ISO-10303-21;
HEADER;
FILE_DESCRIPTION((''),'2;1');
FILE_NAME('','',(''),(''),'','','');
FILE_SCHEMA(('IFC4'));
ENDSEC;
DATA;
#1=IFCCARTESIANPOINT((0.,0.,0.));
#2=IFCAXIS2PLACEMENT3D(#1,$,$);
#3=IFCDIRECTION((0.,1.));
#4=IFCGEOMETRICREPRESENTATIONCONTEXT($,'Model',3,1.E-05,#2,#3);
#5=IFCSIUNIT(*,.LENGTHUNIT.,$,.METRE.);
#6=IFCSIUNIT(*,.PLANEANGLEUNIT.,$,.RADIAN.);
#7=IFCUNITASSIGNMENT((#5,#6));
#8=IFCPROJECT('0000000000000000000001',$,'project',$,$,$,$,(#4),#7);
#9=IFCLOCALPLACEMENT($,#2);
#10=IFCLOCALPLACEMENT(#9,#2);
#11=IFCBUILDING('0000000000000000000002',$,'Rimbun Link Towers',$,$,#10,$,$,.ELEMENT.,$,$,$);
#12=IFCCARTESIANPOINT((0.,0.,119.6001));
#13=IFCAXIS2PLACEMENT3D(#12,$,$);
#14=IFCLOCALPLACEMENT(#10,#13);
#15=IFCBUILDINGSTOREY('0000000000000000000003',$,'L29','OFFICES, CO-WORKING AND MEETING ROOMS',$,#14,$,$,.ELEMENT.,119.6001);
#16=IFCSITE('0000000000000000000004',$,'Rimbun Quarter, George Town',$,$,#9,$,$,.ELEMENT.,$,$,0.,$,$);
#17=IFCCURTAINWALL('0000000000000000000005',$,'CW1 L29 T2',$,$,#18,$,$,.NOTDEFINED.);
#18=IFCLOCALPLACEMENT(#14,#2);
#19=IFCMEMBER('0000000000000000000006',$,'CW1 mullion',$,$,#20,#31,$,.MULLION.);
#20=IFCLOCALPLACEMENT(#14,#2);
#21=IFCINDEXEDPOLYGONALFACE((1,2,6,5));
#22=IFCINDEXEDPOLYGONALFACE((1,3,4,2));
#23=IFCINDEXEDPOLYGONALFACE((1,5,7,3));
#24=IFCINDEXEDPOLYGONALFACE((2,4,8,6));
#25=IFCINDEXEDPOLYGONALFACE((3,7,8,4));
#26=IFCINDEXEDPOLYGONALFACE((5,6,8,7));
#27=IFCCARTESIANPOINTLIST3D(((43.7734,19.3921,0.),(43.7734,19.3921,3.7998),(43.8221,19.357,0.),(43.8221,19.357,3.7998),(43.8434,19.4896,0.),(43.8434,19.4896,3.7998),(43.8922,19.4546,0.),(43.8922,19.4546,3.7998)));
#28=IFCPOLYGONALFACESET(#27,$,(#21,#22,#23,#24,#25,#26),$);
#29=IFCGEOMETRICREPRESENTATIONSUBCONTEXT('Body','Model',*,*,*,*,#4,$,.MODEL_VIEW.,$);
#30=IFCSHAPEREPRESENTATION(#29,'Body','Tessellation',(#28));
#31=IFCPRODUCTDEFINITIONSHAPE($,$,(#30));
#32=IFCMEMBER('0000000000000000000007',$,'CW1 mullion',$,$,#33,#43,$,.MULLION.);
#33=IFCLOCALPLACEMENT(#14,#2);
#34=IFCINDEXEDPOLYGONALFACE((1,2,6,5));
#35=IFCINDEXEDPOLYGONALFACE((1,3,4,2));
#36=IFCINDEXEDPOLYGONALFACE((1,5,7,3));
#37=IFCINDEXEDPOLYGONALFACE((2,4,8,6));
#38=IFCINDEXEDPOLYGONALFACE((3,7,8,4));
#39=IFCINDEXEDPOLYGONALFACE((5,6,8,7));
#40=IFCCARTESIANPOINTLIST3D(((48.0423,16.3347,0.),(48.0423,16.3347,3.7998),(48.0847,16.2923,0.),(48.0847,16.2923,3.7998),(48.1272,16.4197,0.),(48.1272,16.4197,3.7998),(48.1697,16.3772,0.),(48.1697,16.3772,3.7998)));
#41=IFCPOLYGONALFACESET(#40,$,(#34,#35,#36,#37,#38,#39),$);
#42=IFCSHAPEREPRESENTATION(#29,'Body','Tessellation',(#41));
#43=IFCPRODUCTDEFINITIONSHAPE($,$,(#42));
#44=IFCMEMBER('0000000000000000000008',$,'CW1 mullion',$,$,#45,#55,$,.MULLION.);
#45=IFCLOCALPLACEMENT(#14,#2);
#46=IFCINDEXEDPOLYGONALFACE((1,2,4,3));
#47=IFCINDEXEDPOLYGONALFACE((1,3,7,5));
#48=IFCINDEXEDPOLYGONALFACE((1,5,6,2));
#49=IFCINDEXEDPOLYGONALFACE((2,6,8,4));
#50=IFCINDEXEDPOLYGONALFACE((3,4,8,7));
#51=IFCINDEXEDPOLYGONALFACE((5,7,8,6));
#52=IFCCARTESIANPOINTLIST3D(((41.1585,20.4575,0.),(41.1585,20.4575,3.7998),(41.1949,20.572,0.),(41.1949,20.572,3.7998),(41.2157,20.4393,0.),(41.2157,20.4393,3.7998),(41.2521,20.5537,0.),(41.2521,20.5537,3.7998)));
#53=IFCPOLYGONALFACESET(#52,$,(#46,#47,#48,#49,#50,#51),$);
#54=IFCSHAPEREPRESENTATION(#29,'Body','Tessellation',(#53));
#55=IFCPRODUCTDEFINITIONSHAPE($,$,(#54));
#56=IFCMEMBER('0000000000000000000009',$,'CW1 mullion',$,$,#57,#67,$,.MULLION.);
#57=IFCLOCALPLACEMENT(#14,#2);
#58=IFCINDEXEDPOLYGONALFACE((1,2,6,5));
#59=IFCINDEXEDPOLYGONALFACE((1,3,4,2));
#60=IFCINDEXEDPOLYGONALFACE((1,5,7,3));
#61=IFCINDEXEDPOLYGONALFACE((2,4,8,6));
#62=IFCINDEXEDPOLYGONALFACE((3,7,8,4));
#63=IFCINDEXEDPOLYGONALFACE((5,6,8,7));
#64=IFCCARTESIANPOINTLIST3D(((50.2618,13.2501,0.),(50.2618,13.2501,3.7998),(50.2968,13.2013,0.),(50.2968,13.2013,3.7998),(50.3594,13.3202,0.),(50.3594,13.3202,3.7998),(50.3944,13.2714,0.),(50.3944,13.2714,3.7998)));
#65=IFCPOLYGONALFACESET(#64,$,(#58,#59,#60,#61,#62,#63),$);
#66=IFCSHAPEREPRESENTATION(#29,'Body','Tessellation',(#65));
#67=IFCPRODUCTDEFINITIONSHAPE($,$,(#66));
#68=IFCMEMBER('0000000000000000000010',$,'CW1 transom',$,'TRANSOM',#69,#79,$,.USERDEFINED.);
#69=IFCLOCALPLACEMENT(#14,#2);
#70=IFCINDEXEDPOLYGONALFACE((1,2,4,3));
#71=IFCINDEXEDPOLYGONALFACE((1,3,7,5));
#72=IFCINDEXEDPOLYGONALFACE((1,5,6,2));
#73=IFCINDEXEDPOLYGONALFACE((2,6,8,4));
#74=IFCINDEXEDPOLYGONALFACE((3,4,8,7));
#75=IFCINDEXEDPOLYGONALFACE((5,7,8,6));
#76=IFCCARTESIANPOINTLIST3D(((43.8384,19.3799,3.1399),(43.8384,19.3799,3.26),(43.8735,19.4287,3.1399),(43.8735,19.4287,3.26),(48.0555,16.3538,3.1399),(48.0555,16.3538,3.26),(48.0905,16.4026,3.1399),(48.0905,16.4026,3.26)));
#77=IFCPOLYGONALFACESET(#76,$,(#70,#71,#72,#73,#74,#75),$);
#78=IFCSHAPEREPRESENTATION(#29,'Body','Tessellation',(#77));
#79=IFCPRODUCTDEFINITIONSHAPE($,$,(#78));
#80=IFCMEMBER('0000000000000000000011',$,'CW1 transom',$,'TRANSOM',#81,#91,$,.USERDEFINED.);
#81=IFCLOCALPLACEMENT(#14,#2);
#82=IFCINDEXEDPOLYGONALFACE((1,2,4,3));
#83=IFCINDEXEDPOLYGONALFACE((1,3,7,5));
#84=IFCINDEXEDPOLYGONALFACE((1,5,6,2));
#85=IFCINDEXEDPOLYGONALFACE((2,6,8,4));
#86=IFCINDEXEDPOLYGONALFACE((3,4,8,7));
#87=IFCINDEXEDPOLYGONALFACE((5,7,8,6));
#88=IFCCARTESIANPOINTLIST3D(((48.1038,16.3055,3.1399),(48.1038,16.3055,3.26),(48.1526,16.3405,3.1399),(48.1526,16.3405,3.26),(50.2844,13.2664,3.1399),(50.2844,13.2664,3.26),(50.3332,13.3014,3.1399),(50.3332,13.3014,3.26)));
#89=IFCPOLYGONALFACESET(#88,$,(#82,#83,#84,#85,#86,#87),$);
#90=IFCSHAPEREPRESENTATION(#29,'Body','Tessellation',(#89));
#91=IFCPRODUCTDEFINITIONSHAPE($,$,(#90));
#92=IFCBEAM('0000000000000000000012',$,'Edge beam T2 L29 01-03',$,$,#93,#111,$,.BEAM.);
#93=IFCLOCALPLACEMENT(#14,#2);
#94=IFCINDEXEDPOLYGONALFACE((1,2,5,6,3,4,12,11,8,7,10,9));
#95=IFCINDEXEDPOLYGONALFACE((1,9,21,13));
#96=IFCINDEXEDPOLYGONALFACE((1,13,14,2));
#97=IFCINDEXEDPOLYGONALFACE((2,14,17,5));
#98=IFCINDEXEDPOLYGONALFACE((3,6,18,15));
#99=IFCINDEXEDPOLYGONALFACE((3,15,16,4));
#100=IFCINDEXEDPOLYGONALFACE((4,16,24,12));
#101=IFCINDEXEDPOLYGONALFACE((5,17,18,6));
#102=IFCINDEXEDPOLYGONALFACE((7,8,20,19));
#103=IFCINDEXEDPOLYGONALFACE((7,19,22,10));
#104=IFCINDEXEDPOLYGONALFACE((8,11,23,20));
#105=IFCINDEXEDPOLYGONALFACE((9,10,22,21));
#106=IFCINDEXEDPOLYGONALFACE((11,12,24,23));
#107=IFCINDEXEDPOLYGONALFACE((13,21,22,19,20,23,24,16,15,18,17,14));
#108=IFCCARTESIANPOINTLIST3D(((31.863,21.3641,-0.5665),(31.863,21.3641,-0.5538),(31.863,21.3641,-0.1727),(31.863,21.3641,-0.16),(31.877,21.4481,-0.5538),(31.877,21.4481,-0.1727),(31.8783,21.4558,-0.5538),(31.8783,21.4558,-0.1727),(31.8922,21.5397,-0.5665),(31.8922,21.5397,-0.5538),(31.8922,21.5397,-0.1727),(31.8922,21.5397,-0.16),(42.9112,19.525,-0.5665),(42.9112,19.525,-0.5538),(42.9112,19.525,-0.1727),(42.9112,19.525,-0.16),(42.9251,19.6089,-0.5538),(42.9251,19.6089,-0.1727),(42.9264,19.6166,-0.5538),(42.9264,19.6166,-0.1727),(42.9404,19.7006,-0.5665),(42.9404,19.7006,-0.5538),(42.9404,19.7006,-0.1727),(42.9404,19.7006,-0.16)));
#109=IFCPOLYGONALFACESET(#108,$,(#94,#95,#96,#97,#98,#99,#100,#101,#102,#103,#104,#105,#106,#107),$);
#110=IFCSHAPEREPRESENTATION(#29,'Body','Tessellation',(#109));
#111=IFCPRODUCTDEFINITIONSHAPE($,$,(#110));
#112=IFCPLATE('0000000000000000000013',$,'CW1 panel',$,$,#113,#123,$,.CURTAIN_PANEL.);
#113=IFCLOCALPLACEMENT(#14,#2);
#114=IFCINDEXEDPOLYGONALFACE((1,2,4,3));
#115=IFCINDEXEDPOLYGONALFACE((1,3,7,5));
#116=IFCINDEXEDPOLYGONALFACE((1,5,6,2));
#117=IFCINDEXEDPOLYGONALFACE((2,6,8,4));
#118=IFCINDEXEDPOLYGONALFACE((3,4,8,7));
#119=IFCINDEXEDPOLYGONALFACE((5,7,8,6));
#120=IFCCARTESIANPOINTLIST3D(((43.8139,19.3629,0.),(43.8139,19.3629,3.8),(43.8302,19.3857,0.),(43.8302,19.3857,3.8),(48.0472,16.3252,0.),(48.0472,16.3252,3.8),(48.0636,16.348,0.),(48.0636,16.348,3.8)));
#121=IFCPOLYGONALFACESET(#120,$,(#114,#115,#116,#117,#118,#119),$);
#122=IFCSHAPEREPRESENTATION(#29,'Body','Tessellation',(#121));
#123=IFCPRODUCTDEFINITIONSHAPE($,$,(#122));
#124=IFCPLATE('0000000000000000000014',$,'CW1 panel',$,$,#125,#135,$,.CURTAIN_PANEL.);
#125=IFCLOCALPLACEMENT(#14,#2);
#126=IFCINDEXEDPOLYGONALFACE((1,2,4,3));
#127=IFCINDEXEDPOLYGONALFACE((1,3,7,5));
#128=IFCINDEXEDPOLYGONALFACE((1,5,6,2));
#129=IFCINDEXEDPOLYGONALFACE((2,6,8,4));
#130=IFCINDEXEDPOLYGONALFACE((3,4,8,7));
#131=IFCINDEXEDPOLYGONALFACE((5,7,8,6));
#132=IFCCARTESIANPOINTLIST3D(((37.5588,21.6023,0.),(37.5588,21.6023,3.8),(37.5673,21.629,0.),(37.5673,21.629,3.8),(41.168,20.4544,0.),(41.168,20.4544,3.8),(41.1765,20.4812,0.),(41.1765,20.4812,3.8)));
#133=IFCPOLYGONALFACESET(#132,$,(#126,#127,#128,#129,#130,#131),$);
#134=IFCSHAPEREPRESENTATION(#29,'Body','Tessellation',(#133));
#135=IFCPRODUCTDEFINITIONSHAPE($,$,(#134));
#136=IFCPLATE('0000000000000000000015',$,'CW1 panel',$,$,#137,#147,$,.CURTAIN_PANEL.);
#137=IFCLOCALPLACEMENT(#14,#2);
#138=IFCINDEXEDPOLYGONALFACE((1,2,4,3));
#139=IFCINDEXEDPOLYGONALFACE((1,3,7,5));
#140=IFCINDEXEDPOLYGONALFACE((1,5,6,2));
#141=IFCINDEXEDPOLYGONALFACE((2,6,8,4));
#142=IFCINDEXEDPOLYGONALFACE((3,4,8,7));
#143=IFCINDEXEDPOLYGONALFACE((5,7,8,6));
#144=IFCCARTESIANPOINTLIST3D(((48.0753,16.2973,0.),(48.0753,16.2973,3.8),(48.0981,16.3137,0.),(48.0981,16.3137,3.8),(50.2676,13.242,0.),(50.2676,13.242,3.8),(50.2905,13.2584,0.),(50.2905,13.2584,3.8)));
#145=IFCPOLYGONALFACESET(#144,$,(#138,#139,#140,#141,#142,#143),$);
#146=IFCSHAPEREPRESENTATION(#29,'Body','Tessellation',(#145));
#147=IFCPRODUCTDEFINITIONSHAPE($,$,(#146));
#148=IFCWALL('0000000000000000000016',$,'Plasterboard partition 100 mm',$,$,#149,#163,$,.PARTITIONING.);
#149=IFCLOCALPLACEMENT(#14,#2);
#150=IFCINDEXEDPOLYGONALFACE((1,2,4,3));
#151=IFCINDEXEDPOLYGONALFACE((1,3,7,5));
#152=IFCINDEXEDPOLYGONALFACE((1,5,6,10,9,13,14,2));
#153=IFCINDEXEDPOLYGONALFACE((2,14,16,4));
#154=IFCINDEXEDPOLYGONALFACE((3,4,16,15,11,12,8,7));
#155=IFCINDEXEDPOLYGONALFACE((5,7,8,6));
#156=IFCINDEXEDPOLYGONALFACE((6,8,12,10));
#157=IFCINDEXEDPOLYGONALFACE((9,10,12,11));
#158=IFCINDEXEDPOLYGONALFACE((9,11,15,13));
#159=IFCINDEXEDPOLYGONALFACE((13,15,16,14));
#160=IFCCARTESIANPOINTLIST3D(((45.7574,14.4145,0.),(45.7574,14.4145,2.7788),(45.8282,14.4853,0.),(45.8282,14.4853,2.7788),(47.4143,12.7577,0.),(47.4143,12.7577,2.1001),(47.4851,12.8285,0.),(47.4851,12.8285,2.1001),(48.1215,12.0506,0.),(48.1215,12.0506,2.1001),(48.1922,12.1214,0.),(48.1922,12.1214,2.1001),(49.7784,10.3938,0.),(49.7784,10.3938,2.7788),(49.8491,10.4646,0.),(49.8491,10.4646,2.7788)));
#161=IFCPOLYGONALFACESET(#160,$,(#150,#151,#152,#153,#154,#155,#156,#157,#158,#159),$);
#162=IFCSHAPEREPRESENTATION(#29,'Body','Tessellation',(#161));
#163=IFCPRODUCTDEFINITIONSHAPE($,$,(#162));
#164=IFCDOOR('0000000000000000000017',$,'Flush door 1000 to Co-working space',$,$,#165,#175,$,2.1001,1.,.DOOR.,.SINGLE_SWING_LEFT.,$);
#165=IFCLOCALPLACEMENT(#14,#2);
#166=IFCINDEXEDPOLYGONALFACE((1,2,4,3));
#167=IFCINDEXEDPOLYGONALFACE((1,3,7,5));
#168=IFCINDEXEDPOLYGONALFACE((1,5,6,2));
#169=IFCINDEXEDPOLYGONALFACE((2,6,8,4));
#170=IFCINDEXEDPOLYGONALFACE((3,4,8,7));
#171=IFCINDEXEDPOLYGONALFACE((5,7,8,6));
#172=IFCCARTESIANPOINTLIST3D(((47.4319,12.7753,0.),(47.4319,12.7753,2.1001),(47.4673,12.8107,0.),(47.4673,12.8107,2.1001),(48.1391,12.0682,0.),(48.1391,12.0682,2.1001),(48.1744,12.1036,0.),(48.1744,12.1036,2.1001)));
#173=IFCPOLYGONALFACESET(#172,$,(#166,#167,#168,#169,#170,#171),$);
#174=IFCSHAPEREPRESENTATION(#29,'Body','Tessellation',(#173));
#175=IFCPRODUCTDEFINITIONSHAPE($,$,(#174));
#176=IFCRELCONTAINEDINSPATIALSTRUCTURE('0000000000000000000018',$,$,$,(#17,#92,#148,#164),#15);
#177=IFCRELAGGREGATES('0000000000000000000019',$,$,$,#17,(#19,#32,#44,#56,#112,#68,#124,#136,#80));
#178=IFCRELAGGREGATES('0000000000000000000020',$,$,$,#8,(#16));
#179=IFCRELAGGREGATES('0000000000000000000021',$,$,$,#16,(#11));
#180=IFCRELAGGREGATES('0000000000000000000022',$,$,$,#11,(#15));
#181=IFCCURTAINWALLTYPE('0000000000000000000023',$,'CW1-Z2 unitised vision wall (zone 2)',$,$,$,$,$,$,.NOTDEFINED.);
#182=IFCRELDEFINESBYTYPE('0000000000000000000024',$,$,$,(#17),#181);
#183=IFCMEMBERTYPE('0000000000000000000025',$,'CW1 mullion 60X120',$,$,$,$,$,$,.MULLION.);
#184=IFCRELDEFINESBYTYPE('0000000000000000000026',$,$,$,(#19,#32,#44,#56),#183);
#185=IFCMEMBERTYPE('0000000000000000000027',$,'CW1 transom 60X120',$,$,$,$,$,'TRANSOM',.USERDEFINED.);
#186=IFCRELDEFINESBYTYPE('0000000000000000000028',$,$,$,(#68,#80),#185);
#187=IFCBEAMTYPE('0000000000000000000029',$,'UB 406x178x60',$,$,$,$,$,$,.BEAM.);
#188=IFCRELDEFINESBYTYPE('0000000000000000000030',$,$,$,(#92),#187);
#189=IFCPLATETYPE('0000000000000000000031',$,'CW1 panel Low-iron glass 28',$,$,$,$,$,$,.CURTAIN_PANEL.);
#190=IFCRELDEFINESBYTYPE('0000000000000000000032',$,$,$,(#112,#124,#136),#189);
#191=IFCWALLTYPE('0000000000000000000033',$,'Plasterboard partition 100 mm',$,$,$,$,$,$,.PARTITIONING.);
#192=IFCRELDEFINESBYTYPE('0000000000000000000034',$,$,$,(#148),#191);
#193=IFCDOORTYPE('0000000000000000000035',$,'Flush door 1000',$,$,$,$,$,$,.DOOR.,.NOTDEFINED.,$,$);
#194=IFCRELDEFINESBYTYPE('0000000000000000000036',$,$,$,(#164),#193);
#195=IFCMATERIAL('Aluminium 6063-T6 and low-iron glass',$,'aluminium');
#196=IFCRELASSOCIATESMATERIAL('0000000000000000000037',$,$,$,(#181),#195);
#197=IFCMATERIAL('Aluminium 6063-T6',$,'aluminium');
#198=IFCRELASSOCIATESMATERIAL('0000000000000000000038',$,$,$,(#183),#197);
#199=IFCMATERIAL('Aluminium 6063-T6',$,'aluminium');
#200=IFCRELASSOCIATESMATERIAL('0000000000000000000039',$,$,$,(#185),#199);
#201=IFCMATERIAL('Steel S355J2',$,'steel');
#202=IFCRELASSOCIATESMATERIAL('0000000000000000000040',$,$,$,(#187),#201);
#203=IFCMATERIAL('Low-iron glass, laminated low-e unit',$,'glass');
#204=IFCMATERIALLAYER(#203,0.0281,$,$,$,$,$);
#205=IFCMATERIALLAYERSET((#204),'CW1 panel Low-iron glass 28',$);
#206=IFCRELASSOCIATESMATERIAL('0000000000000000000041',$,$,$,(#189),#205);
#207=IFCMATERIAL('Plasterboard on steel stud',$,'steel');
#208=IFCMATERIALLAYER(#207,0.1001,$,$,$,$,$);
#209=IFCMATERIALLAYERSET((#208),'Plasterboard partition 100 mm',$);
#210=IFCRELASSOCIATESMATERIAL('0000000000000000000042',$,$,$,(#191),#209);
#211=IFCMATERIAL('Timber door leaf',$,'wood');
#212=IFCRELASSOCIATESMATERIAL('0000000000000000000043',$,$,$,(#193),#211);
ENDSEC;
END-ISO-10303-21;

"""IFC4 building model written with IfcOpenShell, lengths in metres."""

from ifc_helpers import new_model, si_unit, direction, frame, frame_2d, origin, origin_2d, place, context, subcontext, project, spatial, rectangle, i_section, extrude, material, layer, layer_set, material_profile, profile_set, type_object, element, fill, aggregate, save


model = new_model("IFC4")

# Units and contexts
model_context = context("Model", 3, precision=1e-05, world=origin(), true_north=direction((0.0, 1.0)))
body_context = subcontext(model_context, "Body", "Model", "MODEL_VIEW")
ifc_project = project(units=[si_unit("LENGTHUNIT", "METRE"), si_unit("PLANEANGLEUNIT", "RADIAN")], contexts=[model_context])

# Site, building, storey
site_placement = place(None, origin())
site = spatial("IfcSite", under=ifc_project, at=site_placement, Name="Rimbun Quarter, George Town", CompositionType="ELEMENT", RefElevation=0.0)
building_placement = place(site_placement, origin())
building = spatial("IfcBuilding", under=site, at=building_placement, Name="Rimbun Link Towers", CompositionType="ELEMENT")
storey_placement = place(building_placement, frame((0.0, 0.0, 119.6001)))
storey = spatial("IfcBuildingStorey", under=building, at=storey_placement, Name="L29", Description="OFFICES, CO-WORKING AND MEETING ROOMS", CompositionType="ELEMENT", Elevation=119.6001)

# Curtain wall, members
ifc_material_1 = material(Name="Aluminium 6063-T6 and low-iron glass", Category="aluminium")
curtain_wall_type = type_object("IfcCurtainWallType", Name="CW1-Z2 unitised vision wall (zone 2)", PredefinedType="NOTDEFINED", material=ifc_material_1)
curtain_wall_placement = place(storey_placement, origin())
curtain_wall = element("IfcCurtainWall", 1, at=curtain_wall_placement, inside=storey, type_object=curtain_wall_type, Name="CW1 L29 T2", PredefinedType="NOTDEFINED")
ifc_material_2 = material(Name="Aluminium 6063-T6", Category="aluminium")
ifc_material_profile_1 = material_profile(ifc_material_2, rectangle(XDim=0.1201, YDim=0.0601, at=origin_2d()), Name="MULLION 60X120")
ifc_profile_set_1 = profile_set([ifc_material_profile_1], Name="Aluminium 6063-T6")
member_type_1 = type_object("IfcMemberType", Name="CW1 mullion 60X120", PredefinedType="MULLION", material=ifc_profile_set_1)
member_1_placement = place(storey_placement, frame((43.8328, 19.4233, 0.0), z_axis=(0.0, 0.0, 1.0), x_axis=(0.583004, 0.812469, 0.0)))
member_1 = element("IfcMember", 2, at=member_1_placement, type_object=member_type_1, Name="CW1 mullion", PredefinedType="MULLION", context=body_context, shape_type="SweptSolid", body=[
    extrude(rectangle(XDim=0.1201, YDim=0.0601, at=origin_2d()), origin(), (0.0, 0.0, 1.0), 3.7998),
])
member_2_placement = place(storey_placement, frame((48.106, 16.356, 0.0), z_axis=(0.0, 0.0, 1.0), x_axis=(0.707107, 0.707107, 0.0)))
member_2 = element("IfcMember", 3, at=member_2_placement, type_object=member_type_1, Name="CW1 mullion", PredefinedType="MULLION", context=body_context, shape_type="SweptSolid", body=[
    extrude(rectangle(XDim=0.1201, YDim=0.0601, at=origin_2d()), origin(), (0.0, 0.0, 1.0), 3.7998),
])
member_3_placement = place(storey_placement, frame((41.2053, 20.5056, 0.0), z_axis=(0.0, 0.0, 1.0), x_axis=(0.303073, 0.952967, 0.0)))
member_3 = element("IfcMember", 4, at=member_3_placement, type_object=member_type_1, Name="CW1 mullion", PredefinedType="MULLION", context=body_context, shape_type="SweptSolid", body=[
    extrude(rectangle(XDim=0.1201, YDim=0.0601, at=origin_2d()), origin(), (0.0, 0.0, 1.0), 3.7998),
])
member_4_placement = place(storey_placement, frame((50.3281, 13.2607, 0.0), z_axis=(0.0, 0.0, 1.0), x_axis=(0.812469, 0.583004, 0.0)))
member_4 = element("IfcMember", 5, at=member_4_placement, type_object=member_type_1, Name="CW1 mullion", PredefinedType="MULLION", context=body_context, shape_type="SweptSolid", body=[
    extrude(rectangle(XDim=0.1201, YDim=0.0601, at=origin_2d()), origin(), (0.0, 0.0, 1.0), 3.7998),
])
ifc_material_3 = material(Name="Aluminium 6063-T6", Category="aluminium")
ifc_material_profile_2 = material_profile(ifc_material_3, rectangle(XDim=0.0601, YDim=0.1201, at=origin_2d()), Name="TRANSOM 60X120")
ifc_profile_set_2 = profile_set([ifc_material_profile_2], Name="Aluminium 6063-T6")
member_type_2 = type_object("IfcMemberType", Name="CW1 transom 60X120", ElementType="TRANSOM", PredefinedType="USERDEFINED", material=ifc_profile_set_2)
member_5_placement = place(storey_placement, frame((43.856, 19.4043, 3.2), z_axis=(0.81246, -0.583017, 0.0), x_axis=(0.583017, 0.81246, 0.0)))
member_5 = element("IfcMember", 6, at=member_5_placement, type_object=member_type_2, Name="CW1 transom", ObjectType="TRANSOM", PredefinedType="USERDEFINED", context=body_context, shape_type="SweptSolid", body=[
    extrude(rectangle(XDim=0.0601, YDim=0.1201, at=origin_2d()), origin(), (0.0, 0.0, 1.0), 5.1904),
])
member_6_placement = place(storey_placement, frame((48.1282, 16.323, 3.2), z_axis=(0.58299, -0.812479, 0.0), x_axis=(0.812479, 0.58299, 0.0)))
member_6 = element("IfcMember", 7, at=member_6_placement, type_object=member_type_2, Name="CW1 transom", ObjectType="TRANSOM", PredefinedType="USERDEFINED", context=body_context, shape_type="SweptSolid", body=[
    extrude(rectangle(XDim=0.0601, YDim=0.1201, at=origin_2d()), origin(), (0.0, 0.0, 1.0), 3.7405),
])

# Beam
ifc_material_4 = material(Name="Steel S355J2", Category="steel")
ifc_material_profile_3 = material_profile(ifc_material_4, i_section(OverallWidth=0.178, OverallDepth=0.4065, WebThickness=0.0078, FlangeThickness=0.0127, at=origin_2d()), Name="UB 406x178x60")
ifc_profile_set_3 = profile_set([ifc_material_profile_3], Name="Steel S355J2")
beam_type = type_object("IfcBeamType", Name="UB 406x178x60", PredefinedType="BEAM", material=ifc_profile_set_3)
beam_placement = place(storey_placement, frame((42.9258, 19.6128, -0.3633), z_axis=(-0.986426, 0.164205, 0.0), x_axis=(-0.164205, -0.986426, 0.0)))
element("IfcBeam", 8, at=beam_placement, inside=storey, type_object=beam_type, Name="Edge beam T2 L29 01-03", PredefinedType="BEAM", context=body_context, shape_type="SweptSolid", body=[
    extrude(i_section(OverallWidth=0.178, OverallDepth=0.4065, WebThickness=0.0078, FlangeThickness=0.0127, at=origin_2d()), origin(), (0.0, 0.0, 1.0), 11.2002),
])

# Plates
ifc_material_5 = material(Name="Low-iron glass, laminated low-e unit", Category="glass")
ifc_layer_1 = layer(ifc_material_5, 0.0281)
ifc_layer_set_1 = layer_set([ifc_layer_1], Name="CW1 panel Low-iron glass 28")
plate_type = type_object("IfcPlateType", Name="CW1 panel Low-iron glass 28", PredefinedType="CURTAIN_PANEL", material=ifc_layer_set_1)
plate_1_placement = place(storey_placement, frame((45.9387, 17.8555, 0.0), z_axis=(0.0, 0.0, 1.0), x_axis=(0.812469, -0.583004, 0.0)))
plate_1 = element("IfcPlate", 9, at=plate_1_placement, type_object=plate_type, Name="CW1 panel", PredefinedType="CURTAIN_PANEL", context=body_context, shape_type="SweptSolid", body=[
    extrude(rectangle(XDim=5.2104, YDim=0.0281, at=origin_2d()), origin(), (0.0, 0.0, 1.0), 3.8),
])
plate_2_placement = place(storey_placement, frame((39.3677, 21.0417, 0.0), z_axis=(0.0, 0.0, 1.0), x_axis=(0.952967, -0.303073, 0.0)))
plate_2 = element("IfcPlate", 10, at=plate_2_placement, type_object=plate_type, Name="CW1 panel", PredefinedType="CURTAIN_PANEL", context=body_context, shape_type="SweptSolid", body=[
    extrude(rectangle(XDim=3.7874, YDim=0.0281, at=origin_2d()), origin(), (0.0, 0.0, 1.0), 3.8),
])
plate_3_placement = place(storey_placement, frame((49.1829, 14.7778, 0.0), z_axis=(0.0, 0.0, 1.0), x_axis=(0.583004, -0.812469, 0.0)))
plate_3 = element("IfcPlate", 11, at=plate_3_placement, type_object=plate_type, Name="CW1 panel", PredefinedType="CURTAIN_PANEL", context=body_context, shape_type="SweptSolid", body=[
    extrude(rectangle(XDim=3.7605, YDim=0.0281, at=origin_2d()), origin(), (0.0, 0.0, 1.0), 3.8),
])
aggregate(curtain_wall, [member_1, member_2, member_3, member_4, plate_1, member_5, plate_2, plate_3, member_6])

# Wall, opening, door
ifc_material_6 = material(Name="Plasterboard on steel stud", Category="steel")
ifc_layer_2 = layer(ifc_material_6, 0.1001)
ifc_layer_set_2 = layer_set([ifc_layer_2], Name="Plasterboard partition 100 mm")
wall_type = type_object("IfcWallType", Name="Plasterboard partition 100 mm", PredefinedType="PARTITIONING", material=ifc_layer_set_2)
wall_1_placement = place(storey_placement, frame((45.7927, 14.45, 0.0), z_axis=(0.0, 0.0, 1.0), x_axis=(0.707128, -0.707085, 0.0)))
wall_1 = element("IfcWall", 12, at=wall_1_placement, inside=storey, type_object=wall_type, Name="Plasterboard partition 100 mm", PredefinedType="PARTITIONING", context=body_context, shape_type="SweptSolid", body=[
    extrude(rectangle(XDim=5.6863, YDim=0.1001, at=frame_2d((2.8433, 0.0))), origin(), (0.0, 0.0, 1.0), 2.7788),
])
opening_placement = place(wall_1_placement, frame((2.3433, 0.0, 0.0)))
opening = element("IfcOpeningElement", 13, at=opening_placement, cuts=wall_1, PredefinedType="OPENING", context=body_context, shape_type="SweptSolid", body=[
    extrude(rectangle(XDim=1.0, YDim=2.1001, at=frame_2d((0.5, 1.05))), frame((0.0, 0.0601, 0.0), z_axis=(0.0, -1.0, 0.0), x_axis=(1.0, 0.0, 0.0)), (0.0, 0.0, 1.0), 0.1201),
])
ifc_material_7 = material(Name="Timber door leaf", Category="wood")
door_type = type_object("IfcDoorType", Name="Flush door 1000", OperationType="NOTDEFINED", PredefinedType="DOOR", material=ifc_material_7)
door_placement = place(opening_placement, origin())
door = element("IfcDoor", 14, at=door_placement, inside=storey, type_object=door_type, Name="Flush door 1000 to Co-working space", OperationType="SINGLE_SWING_LEFT", OverallHeight=2.1001, OverallWidth=1.0, PredefinedType="DOOR", context=body_context, shape_type="SweptSolid", body=[
    extrude(rectangle(XDim=1.0, YDim=2.1001, at=frame_2d((0.5, 1.05))), frame((0.0, 0.0249, 0.0), z_axis=(0.0, -1.0, 0.0), x_axis=(1.0, 0.0, 0.0)), (0.0, 0.0, 1.0), 0.05),
])
fill(opening, door)

save(model, "model.ifc")
